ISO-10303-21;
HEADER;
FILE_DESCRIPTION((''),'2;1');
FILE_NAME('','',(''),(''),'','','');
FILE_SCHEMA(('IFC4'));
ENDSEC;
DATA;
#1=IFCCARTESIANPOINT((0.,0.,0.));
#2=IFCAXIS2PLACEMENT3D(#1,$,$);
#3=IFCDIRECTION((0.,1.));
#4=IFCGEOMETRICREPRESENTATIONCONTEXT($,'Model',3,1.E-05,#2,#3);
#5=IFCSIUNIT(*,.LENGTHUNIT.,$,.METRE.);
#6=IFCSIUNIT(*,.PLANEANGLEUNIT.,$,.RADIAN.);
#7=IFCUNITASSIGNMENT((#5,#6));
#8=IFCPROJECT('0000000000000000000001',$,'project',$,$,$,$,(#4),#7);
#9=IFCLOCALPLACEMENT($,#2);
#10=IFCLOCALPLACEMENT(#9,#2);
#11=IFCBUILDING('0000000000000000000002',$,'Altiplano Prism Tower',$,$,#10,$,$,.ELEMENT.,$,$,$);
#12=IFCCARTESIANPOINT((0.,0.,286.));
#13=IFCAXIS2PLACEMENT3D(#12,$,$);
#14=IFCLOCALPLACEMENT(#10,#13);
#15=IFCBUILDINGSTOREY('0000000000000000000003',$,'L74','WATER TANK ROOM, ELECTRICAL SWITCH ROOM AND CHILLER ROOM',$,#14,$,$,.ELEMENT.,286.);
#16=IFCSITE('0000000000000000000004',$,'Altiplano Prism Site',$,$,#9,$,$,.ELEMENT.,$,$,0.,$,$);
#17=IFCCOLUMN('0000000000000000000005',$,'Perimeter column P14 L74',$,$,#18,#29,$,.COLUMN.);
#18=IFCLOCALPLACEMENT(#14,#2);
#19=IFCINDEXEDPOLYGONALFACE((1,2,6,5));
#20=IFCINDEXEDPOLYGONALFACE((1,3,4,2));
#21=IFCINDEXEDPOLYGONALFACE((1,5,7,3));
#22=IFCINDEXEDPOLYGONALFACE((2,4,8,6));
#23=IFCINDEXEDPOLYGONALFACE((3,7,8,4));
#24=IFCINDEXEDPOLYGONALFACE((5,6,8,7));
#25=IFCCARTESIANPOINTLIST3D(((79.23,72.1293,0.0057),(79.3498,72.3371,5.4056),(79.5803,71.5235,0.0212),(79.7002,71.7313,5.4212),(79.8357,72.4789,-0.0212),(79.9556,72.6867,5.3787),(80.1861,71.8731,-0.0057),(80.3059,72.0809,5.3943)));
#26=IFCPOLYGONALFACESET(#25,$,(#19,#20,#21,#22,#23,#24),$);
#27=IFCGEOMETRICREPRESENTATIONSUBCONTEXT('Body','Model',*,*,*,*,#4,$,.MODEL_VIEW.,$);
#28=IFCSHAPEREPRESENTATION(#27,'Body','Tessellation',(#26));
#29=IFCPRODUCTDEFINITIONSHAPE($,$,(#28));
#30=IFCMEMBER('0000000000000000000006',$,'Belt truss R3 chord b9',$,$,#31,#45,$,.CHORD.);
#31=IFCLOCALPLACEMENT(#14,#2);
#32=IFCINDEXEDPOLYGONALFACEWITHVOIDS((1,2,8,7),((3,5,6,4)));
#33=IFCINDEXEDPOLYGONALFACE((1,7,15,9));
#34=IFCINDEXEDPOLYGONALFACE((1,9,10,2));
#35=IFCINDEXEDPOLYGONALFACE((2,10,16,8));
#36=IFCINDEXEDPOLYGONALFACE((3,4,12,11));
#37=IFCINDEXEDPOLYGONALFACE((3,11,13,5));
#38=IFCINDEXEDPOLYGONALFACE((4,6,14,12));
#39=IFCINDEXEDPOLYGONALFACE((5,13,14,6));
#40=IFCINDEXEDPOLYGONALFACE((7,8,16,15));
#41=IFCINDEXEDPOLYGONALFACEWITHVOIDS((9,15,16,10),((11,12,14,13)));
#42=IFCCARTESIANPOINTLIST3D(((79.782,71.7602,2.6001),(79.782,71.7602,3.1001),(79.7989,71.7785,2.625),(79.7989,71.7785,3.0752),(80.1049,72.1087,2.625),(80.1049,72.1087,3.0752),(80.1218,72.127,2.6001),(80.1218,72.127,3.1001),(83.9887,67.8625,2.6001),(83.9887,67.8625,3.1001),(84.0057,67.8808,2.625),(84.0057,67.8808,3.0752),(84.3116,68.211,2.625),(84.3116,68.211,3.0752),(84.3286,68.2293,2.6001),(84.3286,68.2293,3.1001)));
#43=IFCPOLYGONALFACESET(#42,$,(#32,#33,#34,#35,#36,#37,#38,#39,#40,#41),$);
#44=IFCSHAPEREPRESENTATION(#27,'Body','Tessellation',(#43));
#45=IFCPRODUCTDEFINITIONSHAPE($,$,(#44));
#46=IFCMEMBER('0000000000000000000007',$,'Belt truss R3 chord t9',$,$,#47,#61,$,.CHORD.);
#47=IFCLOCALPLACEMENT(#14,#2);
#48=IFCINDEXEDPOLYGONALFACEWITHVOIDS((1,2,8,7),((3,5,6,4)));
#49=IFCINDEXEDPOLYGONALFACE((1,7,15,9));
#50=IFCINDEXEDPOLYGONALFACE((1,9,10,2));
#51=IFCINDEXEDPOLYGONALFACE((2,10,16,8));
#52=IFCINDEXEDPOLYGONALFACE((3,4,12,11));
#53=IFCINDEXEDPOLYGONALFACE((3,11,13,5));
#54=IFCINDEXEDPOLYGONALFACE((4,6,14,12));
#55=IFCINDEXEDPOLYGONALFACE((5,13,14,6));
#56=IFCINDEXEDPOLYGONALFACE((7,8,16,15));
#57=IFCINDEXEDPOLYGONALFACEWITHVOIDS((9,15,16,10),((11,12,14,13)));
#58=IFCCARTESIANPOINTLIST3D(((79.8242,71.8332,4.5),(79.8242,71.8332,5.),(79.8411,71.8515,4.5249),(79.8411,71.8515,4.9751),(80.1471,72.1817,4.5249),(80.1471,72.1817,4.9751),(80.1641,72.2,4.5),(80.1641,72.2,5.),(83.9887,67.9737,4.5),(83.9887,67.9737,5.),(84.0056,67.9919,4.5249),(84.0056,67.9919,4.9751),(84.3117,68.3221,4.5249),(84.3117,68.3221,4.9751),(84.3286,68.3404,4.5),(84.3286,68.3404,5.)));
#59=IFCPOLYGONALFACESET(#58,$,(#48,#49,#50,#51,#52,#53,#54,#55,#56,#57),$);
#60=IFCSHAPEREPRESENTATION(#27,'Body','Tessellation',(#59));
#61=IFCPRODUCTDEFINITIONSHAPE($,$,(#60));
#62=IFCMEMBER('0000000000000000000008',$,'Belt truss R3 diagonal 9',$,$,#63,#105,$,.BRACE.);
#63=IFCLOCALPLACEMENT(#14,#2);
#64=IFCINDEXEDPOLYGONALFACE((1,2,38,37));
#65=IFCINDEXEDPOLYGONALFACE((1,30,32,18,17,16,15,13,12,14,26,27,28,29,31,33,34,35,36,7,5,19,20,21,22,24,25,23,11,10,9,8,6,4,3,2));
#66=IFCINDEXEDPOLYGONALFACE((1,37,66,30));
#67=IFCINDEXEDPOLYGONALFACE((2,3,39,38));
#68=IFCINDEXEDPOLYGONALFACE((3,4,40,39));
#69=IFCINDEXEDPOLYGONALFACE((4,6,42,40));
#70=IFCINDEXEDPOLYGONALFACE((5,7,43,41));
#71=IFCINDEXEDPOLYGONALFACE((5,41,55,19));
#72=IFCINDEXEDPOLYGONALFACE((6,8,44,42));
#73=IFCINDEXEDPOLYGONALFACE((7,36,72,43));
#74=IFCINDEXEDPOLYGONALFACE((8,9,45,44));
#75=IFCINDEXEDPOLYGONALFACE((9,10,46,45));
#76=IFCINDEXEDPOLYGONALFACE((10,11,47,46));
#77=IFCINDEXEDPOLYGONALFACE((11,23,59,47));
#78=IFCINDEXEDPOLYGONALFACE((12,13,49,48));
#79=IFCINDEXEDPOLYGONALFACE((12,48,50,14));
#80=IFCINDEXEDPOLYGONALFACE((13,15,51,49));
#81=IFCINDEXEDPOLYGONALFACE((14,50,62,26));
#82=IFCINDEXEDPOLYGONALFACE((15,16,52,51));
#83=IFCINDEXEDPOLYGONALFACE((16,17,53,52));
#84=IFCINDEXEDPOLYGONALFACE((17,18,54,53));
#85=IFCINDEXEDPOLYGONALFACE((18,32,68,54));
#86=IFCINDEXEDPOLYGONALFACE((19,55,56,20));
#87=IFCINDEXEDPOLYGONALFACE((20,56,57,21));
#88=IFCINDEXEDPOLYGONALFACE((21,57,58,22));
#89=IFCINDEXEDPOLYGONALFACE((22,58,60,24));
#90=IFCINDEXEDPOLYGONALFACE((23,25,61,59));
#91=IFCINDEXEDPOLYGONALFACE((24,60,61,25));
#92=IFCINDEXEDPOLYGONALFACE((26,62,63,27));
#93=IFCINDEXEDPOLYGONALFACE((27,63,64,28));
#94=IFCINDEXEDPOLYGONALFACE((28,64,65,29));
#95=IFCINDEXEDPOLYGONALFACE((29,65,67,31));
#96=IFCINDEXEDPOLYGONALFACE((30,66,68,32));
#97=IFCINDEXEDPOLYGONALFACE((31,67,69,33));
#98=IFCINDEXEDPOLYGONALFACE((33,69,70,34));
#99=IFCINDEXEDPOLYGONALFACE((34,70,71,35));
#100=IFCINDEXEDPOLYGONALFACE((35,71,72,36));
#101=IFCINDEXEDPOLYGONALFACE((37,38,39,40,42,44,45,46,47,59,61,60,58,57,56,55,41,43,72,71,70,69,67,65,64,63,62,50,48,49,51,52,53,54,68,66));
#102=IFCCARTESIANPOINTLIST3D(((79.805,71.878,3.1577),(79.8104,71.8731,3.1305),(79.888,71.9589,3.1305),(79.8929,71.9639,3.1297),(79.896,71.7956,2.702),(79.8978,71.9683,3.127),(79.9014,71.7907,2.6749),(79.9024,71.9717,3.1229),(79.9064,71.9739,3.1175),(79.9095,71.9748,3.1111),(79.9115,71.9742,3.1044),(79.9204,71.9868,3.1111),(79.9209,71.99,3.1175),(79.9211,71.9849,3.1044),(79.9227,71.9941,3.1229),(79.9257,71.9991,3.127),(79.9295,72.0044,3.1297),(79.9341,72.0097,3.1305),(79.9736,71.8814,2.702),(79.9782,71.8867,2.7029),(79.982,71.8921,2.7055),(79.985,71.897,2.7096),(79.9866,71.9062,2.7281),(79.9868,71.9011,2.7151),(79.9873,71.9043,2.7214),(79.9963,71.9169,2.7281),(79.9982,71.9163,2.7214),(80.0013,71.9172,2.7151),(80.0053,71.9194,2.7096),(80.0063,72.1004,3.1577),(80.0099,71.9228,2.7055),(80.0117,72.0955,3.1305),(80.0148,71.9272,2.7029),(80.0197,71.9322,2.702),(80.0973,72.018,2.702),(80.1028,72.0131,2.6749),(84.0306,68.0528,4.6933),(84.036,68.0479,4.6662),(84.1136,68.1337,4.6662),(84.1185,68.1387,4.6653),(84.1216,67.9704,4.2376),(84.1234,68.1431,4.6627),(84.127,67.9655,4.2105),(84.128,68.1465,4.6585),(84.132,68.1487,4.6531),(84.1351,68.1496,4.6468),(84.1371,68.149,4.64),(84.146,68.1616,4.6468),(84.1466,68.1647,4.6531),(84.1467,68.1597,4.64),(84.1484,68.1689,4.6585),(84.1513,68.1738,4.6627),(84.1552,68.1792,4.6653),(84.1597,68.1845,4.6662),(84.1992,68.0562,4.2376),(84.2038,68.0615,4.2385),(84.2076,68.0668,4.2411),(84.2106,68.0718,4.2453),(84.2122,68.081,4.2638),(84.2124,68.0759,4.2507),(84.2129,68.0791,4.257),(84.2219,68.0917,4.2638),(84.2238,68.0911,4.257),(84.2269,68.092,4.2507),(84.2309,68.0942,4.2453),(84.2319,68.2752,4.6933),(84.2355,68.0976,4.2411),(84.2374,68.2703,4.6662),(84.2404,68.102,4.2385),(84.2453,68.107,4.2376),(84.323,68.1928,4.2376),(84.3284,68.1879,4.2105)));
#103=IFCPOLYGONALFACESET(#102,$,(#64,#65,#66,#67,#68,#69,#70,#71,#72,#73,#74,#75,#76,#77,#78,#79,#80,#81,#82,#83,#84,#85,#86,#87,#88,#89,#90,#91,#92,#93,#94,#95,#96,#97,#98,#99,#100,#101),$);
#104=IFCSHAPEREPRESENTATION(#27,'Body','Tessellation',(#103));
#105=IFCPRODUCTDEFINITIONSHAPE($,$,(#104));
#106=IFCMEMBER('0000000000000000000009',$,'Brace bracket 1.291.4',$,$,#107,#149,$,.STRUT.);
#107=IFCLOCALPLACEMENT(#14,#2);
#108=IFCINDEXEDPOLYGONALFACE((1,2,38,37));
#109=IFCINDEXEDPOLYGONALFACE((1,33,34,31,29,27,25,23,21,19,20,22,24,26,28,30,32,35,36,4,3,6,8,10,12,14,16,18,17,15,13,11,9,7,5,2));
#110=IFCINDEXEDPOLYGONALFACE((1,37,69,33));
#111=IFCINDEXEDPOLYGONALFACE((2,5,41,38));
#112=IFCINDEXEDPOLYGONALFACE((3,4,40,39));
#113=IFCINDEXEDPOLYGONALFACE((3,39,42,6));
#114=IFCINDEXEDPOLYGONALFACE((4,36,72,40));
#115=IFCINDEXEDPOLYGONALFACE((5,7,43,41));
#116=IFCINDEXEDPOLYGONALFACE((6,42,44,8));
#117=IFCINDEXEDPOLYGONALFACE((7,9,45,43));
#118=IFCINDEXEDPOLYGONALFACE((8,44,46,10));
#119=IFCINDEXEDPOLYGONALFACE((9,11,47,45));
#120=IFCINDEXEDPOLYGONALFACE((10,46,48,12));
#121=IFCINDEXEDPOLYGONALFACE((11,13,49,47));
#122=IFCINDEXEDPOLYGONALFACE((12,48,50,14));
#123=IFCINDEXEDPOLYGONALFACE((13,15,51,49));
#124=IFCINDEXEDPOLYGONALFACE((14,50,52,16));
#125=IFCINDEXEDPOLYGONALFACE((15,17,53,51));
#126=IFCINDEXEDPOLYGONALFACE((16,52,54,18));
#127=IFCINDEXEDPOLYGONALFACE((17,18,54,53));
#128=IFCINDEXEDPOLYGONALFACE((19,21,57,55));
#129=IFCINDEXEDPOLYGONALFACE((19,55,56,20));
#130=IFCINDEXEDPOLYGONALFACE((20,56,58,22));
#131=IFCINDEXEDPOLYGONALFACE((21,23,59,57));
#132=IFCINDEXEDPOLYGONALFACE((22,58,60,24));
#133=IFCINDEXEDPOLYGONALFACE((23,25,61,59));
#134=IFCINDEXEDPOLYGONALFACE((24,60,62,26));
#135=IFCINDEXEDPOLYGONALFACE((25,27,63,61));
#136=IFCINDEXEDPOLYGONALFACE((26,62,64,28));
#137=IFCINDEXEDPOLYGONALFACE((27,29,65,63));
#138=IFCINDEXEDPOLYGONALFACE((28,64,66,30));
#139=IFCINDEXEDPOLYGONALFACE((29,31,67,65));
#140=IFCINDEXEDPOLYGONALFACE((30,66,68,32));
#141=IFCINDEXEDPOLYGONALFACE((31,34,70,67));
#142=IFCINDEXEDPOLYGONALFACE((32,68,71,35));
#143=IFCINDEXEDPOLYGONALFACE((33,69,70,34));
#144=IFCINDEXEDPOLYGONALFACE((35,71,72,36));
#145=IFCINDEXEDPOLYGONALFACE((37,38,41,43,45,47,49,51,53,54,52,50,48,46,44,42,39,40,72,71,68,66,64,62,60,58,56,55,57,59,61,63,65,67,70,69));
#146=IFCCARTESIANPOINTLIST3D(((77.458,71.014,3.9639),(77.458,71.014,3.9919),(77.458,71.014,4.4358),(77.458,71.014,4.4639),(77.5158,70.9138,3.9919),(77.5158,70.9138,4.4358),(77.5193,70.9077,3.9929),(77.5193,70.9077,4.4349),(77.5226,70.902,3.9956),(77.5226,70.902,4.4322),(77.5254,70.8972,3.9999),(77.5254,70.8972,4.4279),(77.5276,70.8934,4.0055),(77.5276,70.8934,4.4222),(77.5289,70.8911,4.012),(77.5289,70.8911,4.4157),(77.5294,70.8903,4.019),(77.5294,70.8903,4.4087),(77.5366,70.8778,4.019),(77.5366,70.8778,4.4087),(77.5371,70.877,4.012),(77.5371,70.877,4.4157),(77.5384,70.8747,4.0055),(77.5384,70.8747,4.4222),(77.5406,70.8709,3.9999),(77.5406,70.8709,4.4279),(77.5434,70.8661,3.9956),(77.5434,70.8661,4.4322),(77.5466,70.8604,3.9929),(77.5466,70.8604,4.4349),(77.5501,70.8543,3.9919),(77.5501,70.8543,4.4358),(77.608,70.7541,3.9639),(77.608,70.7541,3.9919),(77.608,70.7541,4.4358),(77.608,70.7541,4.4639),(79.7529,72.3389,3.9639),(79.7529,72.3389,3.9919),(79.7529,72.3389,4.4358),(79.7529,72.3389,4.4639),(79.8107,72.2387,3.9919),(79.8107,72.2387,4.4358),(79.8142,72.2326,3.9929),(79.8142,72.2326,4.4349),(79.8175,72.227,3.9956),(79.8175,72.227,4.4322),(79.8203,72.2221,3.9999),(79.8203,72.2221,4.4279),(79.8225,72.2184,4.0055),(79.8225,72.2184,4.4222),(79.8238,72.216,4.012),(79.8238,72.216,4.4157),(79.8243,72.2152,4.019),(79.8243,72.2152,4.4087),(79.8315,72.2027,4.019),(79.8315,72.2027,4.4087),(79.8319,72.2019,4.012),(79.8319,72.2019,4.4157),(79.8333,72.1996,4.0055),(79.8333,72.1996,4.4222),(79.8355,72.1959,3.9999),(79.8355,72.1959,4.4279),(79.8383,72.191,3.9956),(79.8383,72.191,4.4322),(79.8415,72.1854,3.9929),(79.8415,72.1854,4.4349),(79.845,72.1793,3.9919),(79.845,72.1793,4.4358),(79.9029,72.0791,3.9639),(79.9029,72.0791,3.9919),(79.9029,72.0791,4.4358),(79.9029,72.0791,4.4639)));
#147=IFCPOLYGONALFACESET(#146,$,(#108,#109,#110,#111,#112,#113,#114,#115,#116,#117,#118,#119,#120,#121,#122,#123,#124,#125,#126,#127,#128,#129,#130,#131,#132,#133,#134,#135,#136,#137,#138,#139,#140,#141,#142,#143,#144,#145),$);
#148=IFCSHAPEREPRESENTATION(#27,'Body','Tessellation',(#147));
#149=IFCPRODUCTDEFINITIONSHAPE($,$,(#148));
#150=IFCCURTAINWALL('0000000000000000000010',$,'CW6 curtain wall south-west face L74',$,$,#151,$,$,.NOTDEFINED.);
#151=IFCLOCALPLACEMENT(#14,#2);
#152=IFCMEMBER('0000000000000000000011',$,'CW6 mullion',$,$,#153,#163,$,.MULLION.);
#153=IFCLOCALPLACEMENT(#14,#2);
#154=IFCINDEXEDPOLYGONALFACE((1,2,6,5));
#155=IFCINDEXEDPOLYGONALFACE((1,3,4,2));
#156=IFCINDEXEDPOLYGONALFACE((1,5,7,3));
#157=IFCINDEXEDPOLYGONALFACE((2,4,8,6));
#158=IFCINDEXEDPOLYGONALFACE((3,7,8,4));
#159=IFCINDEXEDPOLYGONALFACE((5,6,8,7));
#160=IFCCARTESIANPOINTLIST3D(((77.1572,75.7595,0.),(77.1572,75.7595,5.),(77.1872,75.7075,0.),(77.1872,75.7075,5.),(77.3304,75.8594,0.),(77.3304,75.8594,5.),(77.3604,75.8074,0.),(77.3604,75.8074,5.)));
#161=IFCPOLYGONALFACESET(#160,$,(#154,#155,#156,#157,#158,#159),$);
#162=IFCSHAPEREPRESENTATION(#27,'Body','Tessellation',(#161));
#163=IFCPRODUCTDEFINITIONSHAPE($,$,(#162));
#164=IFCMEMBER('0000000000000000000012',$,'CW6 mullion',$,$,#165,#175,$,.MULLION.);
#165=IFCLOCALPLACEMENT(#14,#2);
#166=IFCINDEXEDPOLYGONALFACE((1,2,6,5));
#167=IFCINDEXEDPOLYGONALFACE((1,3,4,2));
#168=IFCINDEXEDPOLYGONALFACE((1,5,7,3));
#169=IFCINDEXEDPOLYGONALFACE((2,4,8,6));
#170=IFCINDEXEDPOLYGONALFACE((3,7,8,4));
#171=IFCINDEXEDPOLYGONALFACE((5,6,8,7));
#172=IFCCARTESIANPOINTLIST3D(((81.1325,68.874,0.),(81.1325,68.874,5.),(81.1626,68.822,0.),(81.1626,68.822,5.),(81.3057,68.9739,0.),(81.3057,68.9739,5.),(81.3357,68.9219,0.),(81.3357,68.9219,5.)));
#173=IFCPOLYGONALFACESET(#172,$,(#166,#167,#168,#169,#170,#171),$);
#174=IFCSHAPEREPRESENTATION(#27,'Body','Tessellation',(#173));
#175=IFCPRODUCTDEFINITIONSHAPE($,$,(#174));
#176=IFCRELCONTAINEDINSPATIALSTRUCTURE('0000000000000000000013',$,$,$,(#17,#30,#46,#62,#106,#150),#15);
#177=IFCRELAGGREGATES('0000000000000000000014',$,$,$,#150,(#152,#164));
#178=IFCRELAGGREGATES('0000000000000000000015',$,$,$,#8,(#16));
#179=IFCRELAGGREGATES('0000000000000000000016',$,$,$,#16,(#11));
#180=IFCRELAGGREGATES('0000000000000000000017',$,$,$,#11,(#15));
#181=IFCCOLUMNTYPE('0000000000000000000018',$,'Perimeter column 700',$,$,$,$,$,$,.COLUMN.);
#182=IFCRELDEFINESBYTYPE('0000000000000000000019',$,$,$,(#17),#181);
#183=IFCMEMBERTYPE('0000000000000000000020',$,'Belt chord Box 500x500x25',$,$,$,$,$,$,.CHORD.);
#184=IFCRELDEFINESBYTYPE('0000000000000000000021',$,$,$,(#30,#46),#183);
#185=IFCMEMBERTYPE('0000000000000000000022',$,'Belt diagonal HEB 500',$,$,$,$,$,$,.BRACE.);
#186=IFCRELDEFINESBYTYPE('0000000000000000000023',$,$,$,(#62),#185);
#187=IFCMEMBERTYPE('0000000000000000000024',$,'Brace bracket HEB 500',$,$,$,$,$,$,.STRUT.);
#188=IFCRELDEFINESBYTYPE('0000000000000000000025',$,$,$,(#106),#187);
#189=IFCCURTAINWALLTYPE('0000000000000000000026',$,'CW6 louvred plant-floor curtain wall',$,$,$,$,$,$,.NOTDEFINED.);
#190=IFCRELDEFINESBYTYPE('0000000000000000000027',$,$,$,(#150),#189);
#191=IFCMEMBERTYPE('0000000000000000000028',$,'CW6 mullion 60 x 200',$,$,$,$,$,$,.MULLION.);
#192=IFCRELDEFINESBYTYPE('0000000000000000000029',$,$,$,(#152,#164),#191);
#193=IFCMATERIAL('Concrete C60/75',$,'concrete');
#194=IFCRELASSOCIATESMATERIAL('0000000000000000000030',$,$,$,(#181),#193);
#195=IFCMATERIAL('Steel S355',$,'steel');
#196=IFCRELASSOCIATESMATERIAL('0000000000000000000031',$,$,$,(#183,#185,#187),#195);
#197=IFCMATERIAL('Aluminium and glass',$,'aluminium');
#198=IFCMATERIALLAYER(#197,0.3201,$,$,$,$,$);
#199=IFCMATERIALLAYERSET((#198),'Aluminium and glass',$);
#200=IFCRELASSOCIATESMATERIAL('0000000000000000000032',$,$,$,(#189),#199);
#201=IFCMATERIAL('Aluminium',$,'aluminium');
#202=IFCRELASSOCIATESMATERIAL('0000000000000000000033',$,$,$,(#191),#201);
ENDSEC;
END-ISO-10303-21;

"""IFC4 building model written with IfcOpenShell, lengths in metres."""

from ifc_helpers import new_model, si_unit, direction, frame, origin, origin_2d, place, context, subcontext, project, spatial, rectangle, hollow_rectangle, i_section, extrude, material, layer, layer_set, material_profile, profile_set, type_object, element, aggregate, save


model = new_model("IFC4")

# Units and contexts
model_context = context("Model", 3, precision=1e-05, world=origin(), true_north=direction((0.0, 1.0)))
body_context = subcontext(model_context, "Body", "Model", "MODEL_VIEW")
ifc_project = project(units=[si_unit("LENGTHUNIT", "METRE"), si_unit("PLANEANGLEUNIT", "RADIAN")], contexts=[model_context])

# Site, building, storey
site_placement = place(None, origin())
site = spatial("IfcSite", under=ifc_project, at=site_placement, Name="Altiplano Prism Site", CompositionType="ELEMENT", RefElevation=0.0)
building_placement = place(site_placement, origin())
building = spatial("IfcBuilding", under=site, at=building_placement, Name="Altiplano Prism Tower", CompositionType="ELEMENT")
storey_placement = place(building_placement, frame((0.0, 0.0, 286.0)))
storey = spatial("IfcBuildingStorey", under=building, at=storey_placement, Name="L74", Description="WATER TANK ROOM, ELECTRICAL SWITCH ROOM AND CHILLER ROOM", CompositionType="ELEMENT", Elevation=286.0)

# Column
ifc_material_1 = material(Name="Concrete C60/75", Category="concrete")
ifc_material_profile_1 = material_profile(ifc_material_1, rectangle(XDim=0.7, YDim=0.7, at=origin_2d()), Name="Perimeter column 700")
ifc_profile_set_1 = profile_set([ifc_material_profile_1], Name="Concrete C60/75")
column_type = type_object("IfcColumnType", Name="Perimeter column 700", PredefinedType="COLUMN", material=ifc_profile_set_1)
column_placement = place(storey_placement, frame((79.708, 72.0012, 0.0), z_axis=(0.022177, 0.038438, 0.999015), x_axis=(-0.865456, -0.499509, 0.038431)))
element("IfcColumn", 1, at=column_placement, inside=storey, type_object=column_type, Name="Perimeter column P14 L74", PredefinedType="COLUMN", context=body_context, shape_type="SweptSolid", body=[
    extrude(rectangle(XDim=0.7, YDim=0.7, at=origin_2d()), origin(), (0.0, 0.0, 1.0), 5.4053),
])

# Members
ifc_material_2 = material(Name="Steel S355", Category="steel")
ifc_material_profile_2 = material_profile(ifc_material_2, hollow_rectangle(XDim=0.5, YDim=0.5, WallThickness=0.0249, at=origin_2d()), Name="Belt chord Box 500x500x25")
ifc_profile_set_2 = profile_set([ifc_material_profile_2], Name="Steel S355")
member_type_1 = type_object("IfcMemberType", Name="Belt chord Box 500x500x25", PredefinedType="CHORD", material=ifc_profile_set_2)
member_1_placement = place(storey_placement, frame((79.9519, 71.9436, 2.8501), z_axis=(0.733541, -0.679646, 0.0), x_axis=(0.679646, 0.733541, 0.0)))
element("IfcMember", 2, at=member_1_placement, inside=storey, type_object=member_type_1, Name="Belt truss R3 chord b9", PredefinedType="CHORD", context=body_context, shape_type="SweptSolid", body=[
    extrude(hollow_rectangle(XDim=0.5, YDim=0.5, WallThickness=0.0249, at=origin_2d()), origin(), (0.0, 0.0, 1.0), 5.7349),
])
member_2_placement = place(storey_placement, frame((79.9941, 72.0166, 4.75), z_axis=(0.733449, -0.679745, 0.0), x_axis=(0.679745, 0.733449, 0.0)))
element("IfcMember", 3, at=member_2_placement, inside=storey, type_object=member_type_1, Name="Belt truss R3 chord t9", PredefinedType="CHORD", context=body_context, shape_type="SweptSolid", body=[
    extrude(hollow_rectangle(XDim=0.5, YDim=0.5, WallThickness=0.0249, at=origin_2d()), origin(), (0.0, 0.0, 1.0), 5.678),
])
ifc_material_profile_3 = material_profile(ifc_material_2, i_section(OverallWidth=0.3, OverallDepth=0.5, WebThickness=0.0144, FlangeThickness=0.0281, FilletRadius=0.0271, at=origin_2d()), Name="Belt diagonal HEB 500")
ifc_profile_set_3 = profile_set([ifc_material_profile_3], Name="Steel S355")
member_type_2 = type_object("IfcMemberType", Name="Belt diagonal HEB 500", PredefinedType="BRACE", material=ifc_profile_set_3)
member_3_placement = place(storey_placement, frame((79.9539, 71.9456, 2.9163), z_axis=(0.715832, -0.648004, 0.260145), x_axis=(0.671111, 0.741357, 0.0)))
element("IfcMember", 4, at=member_3_placement, inside=storey, type_object=member_type_2, Name="Belt truss R3 diagonal 9", PredefinedType="BRACE", context=body_context, shape_type="SweptSolid", body=[
    extrude(i_section(OverallWidth=0.3, OverallDepth=0.5, WebThickness=0.0144, FlangeThickness=0.0281, FilletRadius=0.0271, at=origin_2d()), origin(), (0.0, 0.0, 1.0), 5.9031),
])
ifc_material_profile_4 = material_profile(ifc_material_2, i_section(OverallWidth=0.3, OverallDepth=0.5, WebThickness=0.0144, FlangeThickness=0.0281, FilletRadius=0.0271, at=origin_2d()), Name="Brace bracket HEB 500")
ifc_profile_set_4 = profile_set([ifc_material_profile_4], Name="Steel S355")
member_type_3 = type_object("IfcMemberType", Name="Brace bracket HEB 500", PredefinedType="STRUT", material=ifc_profile_set_4)
member_4_placement = place(storey_placement, frame((79.8279, 72.209, 4.2139), z_axis=(-0.866029, -0.499994, 0.0), x_axis=(0.499994, -0.866029, 0.0)))
element("IfcMember", 5, at=member_4_placement, inside=storey, type_object=member_type_3, Name="Brace bracket 1.291.4", PredefinedType="STRUT", context=body_context, shape_type="SweptSolid", body=[
    extrude(i_section(OverallWidth=0.3, OverallDepth=0.5, WebThickness=0.0144, FlangeThickness=0.0281, FilletRadius=0.0271, at=origin_2d()), origin(), (0.0, 0.0, 1.0), 2.6499),
])

# Curtain wall, members
ifc_material_3 = material(Name="Aluminium and glass", Category="aluminium")
ifc_layer_1 = layer(ifc_material_3, 0.3201)
ifc_layer_set_1 = layer_set([ifc_layer_1], Name="Aluminium and glass")
curtain_wall_type = type_object("IfcCurtainWallType", Name="CW6 louvred plant-floor curtain wall", PredefinedType="NOTDEFINED", material=ifc_layer_set_1)
curtain_wall_1_placement = place(storey_placement, origin())
curtain_wall_1 = element("IfcCurtainWall", 6, at=curtain_wall_1_placement, inside=storey, type_object=curtain_wall_type, Name="CW6 curtain wall south-west face L74", PredefinedType="NOTDEFINED")
ifc_material_4 = material(Name="Aluminium", Category="aluminium")
ifc_material_profile_5 = material_profile(ifc_material_4, rectangle(XDim=0.2, YDim=0.0601, at=origin_2d()), Name="CW6 mullion 60 x 200")
ifc_profile_set_5 = profile_set([ifc_material_profile_5], Name="Aluminium")
member_type_4 = type_object("IfcMemberType", Name="CW6 mullion 60 x 200", PredefinedType="MULLION", material=ifc_profile_set_5)
member_5_placement = place(storey_placement, frame((77.2588, 75.7834, 0.0), z_axis=(0.0, 0.0, 1.0), x_axis=(0.866025, 0.5, 0.0)))
member_5 = element("IfcMember", 7, at=member_5_placement, type_object=member_type_4, Name="CW6 mullion", PredefinedType="MULLION", context=body_context, shape_type="SweptSolid", body=[
    extrude(rectangle(XDim=0.2, YDim=0.0601, at=origin_2d()), origin(), (0.0, 0.0, 1.0), 5.0),
])
member_6_placement = place(storey_placement, frame((81.2341, 68.8979, 0.0), z_axis=(0.0, 0.0, 1.0), x_axis=(0.866025, 0.5, 0.0)))
member_6 = element("IfcMember", 8, at=member_6_placement, type_object=member_type_4, Name="CW6 mullion", PredefinedType="MULLION", context=body_context, shape_type="SweptSolid", body=[
    extrude(rectangle(XDim=0.2, YDim=0.0601, at=origin_2d()), origin(), (0.0, 0.0, 1.0), 5.0),
])

aggregate(curtain_wall_1, [member_5, member_6])

save(model, "model.ifc")
